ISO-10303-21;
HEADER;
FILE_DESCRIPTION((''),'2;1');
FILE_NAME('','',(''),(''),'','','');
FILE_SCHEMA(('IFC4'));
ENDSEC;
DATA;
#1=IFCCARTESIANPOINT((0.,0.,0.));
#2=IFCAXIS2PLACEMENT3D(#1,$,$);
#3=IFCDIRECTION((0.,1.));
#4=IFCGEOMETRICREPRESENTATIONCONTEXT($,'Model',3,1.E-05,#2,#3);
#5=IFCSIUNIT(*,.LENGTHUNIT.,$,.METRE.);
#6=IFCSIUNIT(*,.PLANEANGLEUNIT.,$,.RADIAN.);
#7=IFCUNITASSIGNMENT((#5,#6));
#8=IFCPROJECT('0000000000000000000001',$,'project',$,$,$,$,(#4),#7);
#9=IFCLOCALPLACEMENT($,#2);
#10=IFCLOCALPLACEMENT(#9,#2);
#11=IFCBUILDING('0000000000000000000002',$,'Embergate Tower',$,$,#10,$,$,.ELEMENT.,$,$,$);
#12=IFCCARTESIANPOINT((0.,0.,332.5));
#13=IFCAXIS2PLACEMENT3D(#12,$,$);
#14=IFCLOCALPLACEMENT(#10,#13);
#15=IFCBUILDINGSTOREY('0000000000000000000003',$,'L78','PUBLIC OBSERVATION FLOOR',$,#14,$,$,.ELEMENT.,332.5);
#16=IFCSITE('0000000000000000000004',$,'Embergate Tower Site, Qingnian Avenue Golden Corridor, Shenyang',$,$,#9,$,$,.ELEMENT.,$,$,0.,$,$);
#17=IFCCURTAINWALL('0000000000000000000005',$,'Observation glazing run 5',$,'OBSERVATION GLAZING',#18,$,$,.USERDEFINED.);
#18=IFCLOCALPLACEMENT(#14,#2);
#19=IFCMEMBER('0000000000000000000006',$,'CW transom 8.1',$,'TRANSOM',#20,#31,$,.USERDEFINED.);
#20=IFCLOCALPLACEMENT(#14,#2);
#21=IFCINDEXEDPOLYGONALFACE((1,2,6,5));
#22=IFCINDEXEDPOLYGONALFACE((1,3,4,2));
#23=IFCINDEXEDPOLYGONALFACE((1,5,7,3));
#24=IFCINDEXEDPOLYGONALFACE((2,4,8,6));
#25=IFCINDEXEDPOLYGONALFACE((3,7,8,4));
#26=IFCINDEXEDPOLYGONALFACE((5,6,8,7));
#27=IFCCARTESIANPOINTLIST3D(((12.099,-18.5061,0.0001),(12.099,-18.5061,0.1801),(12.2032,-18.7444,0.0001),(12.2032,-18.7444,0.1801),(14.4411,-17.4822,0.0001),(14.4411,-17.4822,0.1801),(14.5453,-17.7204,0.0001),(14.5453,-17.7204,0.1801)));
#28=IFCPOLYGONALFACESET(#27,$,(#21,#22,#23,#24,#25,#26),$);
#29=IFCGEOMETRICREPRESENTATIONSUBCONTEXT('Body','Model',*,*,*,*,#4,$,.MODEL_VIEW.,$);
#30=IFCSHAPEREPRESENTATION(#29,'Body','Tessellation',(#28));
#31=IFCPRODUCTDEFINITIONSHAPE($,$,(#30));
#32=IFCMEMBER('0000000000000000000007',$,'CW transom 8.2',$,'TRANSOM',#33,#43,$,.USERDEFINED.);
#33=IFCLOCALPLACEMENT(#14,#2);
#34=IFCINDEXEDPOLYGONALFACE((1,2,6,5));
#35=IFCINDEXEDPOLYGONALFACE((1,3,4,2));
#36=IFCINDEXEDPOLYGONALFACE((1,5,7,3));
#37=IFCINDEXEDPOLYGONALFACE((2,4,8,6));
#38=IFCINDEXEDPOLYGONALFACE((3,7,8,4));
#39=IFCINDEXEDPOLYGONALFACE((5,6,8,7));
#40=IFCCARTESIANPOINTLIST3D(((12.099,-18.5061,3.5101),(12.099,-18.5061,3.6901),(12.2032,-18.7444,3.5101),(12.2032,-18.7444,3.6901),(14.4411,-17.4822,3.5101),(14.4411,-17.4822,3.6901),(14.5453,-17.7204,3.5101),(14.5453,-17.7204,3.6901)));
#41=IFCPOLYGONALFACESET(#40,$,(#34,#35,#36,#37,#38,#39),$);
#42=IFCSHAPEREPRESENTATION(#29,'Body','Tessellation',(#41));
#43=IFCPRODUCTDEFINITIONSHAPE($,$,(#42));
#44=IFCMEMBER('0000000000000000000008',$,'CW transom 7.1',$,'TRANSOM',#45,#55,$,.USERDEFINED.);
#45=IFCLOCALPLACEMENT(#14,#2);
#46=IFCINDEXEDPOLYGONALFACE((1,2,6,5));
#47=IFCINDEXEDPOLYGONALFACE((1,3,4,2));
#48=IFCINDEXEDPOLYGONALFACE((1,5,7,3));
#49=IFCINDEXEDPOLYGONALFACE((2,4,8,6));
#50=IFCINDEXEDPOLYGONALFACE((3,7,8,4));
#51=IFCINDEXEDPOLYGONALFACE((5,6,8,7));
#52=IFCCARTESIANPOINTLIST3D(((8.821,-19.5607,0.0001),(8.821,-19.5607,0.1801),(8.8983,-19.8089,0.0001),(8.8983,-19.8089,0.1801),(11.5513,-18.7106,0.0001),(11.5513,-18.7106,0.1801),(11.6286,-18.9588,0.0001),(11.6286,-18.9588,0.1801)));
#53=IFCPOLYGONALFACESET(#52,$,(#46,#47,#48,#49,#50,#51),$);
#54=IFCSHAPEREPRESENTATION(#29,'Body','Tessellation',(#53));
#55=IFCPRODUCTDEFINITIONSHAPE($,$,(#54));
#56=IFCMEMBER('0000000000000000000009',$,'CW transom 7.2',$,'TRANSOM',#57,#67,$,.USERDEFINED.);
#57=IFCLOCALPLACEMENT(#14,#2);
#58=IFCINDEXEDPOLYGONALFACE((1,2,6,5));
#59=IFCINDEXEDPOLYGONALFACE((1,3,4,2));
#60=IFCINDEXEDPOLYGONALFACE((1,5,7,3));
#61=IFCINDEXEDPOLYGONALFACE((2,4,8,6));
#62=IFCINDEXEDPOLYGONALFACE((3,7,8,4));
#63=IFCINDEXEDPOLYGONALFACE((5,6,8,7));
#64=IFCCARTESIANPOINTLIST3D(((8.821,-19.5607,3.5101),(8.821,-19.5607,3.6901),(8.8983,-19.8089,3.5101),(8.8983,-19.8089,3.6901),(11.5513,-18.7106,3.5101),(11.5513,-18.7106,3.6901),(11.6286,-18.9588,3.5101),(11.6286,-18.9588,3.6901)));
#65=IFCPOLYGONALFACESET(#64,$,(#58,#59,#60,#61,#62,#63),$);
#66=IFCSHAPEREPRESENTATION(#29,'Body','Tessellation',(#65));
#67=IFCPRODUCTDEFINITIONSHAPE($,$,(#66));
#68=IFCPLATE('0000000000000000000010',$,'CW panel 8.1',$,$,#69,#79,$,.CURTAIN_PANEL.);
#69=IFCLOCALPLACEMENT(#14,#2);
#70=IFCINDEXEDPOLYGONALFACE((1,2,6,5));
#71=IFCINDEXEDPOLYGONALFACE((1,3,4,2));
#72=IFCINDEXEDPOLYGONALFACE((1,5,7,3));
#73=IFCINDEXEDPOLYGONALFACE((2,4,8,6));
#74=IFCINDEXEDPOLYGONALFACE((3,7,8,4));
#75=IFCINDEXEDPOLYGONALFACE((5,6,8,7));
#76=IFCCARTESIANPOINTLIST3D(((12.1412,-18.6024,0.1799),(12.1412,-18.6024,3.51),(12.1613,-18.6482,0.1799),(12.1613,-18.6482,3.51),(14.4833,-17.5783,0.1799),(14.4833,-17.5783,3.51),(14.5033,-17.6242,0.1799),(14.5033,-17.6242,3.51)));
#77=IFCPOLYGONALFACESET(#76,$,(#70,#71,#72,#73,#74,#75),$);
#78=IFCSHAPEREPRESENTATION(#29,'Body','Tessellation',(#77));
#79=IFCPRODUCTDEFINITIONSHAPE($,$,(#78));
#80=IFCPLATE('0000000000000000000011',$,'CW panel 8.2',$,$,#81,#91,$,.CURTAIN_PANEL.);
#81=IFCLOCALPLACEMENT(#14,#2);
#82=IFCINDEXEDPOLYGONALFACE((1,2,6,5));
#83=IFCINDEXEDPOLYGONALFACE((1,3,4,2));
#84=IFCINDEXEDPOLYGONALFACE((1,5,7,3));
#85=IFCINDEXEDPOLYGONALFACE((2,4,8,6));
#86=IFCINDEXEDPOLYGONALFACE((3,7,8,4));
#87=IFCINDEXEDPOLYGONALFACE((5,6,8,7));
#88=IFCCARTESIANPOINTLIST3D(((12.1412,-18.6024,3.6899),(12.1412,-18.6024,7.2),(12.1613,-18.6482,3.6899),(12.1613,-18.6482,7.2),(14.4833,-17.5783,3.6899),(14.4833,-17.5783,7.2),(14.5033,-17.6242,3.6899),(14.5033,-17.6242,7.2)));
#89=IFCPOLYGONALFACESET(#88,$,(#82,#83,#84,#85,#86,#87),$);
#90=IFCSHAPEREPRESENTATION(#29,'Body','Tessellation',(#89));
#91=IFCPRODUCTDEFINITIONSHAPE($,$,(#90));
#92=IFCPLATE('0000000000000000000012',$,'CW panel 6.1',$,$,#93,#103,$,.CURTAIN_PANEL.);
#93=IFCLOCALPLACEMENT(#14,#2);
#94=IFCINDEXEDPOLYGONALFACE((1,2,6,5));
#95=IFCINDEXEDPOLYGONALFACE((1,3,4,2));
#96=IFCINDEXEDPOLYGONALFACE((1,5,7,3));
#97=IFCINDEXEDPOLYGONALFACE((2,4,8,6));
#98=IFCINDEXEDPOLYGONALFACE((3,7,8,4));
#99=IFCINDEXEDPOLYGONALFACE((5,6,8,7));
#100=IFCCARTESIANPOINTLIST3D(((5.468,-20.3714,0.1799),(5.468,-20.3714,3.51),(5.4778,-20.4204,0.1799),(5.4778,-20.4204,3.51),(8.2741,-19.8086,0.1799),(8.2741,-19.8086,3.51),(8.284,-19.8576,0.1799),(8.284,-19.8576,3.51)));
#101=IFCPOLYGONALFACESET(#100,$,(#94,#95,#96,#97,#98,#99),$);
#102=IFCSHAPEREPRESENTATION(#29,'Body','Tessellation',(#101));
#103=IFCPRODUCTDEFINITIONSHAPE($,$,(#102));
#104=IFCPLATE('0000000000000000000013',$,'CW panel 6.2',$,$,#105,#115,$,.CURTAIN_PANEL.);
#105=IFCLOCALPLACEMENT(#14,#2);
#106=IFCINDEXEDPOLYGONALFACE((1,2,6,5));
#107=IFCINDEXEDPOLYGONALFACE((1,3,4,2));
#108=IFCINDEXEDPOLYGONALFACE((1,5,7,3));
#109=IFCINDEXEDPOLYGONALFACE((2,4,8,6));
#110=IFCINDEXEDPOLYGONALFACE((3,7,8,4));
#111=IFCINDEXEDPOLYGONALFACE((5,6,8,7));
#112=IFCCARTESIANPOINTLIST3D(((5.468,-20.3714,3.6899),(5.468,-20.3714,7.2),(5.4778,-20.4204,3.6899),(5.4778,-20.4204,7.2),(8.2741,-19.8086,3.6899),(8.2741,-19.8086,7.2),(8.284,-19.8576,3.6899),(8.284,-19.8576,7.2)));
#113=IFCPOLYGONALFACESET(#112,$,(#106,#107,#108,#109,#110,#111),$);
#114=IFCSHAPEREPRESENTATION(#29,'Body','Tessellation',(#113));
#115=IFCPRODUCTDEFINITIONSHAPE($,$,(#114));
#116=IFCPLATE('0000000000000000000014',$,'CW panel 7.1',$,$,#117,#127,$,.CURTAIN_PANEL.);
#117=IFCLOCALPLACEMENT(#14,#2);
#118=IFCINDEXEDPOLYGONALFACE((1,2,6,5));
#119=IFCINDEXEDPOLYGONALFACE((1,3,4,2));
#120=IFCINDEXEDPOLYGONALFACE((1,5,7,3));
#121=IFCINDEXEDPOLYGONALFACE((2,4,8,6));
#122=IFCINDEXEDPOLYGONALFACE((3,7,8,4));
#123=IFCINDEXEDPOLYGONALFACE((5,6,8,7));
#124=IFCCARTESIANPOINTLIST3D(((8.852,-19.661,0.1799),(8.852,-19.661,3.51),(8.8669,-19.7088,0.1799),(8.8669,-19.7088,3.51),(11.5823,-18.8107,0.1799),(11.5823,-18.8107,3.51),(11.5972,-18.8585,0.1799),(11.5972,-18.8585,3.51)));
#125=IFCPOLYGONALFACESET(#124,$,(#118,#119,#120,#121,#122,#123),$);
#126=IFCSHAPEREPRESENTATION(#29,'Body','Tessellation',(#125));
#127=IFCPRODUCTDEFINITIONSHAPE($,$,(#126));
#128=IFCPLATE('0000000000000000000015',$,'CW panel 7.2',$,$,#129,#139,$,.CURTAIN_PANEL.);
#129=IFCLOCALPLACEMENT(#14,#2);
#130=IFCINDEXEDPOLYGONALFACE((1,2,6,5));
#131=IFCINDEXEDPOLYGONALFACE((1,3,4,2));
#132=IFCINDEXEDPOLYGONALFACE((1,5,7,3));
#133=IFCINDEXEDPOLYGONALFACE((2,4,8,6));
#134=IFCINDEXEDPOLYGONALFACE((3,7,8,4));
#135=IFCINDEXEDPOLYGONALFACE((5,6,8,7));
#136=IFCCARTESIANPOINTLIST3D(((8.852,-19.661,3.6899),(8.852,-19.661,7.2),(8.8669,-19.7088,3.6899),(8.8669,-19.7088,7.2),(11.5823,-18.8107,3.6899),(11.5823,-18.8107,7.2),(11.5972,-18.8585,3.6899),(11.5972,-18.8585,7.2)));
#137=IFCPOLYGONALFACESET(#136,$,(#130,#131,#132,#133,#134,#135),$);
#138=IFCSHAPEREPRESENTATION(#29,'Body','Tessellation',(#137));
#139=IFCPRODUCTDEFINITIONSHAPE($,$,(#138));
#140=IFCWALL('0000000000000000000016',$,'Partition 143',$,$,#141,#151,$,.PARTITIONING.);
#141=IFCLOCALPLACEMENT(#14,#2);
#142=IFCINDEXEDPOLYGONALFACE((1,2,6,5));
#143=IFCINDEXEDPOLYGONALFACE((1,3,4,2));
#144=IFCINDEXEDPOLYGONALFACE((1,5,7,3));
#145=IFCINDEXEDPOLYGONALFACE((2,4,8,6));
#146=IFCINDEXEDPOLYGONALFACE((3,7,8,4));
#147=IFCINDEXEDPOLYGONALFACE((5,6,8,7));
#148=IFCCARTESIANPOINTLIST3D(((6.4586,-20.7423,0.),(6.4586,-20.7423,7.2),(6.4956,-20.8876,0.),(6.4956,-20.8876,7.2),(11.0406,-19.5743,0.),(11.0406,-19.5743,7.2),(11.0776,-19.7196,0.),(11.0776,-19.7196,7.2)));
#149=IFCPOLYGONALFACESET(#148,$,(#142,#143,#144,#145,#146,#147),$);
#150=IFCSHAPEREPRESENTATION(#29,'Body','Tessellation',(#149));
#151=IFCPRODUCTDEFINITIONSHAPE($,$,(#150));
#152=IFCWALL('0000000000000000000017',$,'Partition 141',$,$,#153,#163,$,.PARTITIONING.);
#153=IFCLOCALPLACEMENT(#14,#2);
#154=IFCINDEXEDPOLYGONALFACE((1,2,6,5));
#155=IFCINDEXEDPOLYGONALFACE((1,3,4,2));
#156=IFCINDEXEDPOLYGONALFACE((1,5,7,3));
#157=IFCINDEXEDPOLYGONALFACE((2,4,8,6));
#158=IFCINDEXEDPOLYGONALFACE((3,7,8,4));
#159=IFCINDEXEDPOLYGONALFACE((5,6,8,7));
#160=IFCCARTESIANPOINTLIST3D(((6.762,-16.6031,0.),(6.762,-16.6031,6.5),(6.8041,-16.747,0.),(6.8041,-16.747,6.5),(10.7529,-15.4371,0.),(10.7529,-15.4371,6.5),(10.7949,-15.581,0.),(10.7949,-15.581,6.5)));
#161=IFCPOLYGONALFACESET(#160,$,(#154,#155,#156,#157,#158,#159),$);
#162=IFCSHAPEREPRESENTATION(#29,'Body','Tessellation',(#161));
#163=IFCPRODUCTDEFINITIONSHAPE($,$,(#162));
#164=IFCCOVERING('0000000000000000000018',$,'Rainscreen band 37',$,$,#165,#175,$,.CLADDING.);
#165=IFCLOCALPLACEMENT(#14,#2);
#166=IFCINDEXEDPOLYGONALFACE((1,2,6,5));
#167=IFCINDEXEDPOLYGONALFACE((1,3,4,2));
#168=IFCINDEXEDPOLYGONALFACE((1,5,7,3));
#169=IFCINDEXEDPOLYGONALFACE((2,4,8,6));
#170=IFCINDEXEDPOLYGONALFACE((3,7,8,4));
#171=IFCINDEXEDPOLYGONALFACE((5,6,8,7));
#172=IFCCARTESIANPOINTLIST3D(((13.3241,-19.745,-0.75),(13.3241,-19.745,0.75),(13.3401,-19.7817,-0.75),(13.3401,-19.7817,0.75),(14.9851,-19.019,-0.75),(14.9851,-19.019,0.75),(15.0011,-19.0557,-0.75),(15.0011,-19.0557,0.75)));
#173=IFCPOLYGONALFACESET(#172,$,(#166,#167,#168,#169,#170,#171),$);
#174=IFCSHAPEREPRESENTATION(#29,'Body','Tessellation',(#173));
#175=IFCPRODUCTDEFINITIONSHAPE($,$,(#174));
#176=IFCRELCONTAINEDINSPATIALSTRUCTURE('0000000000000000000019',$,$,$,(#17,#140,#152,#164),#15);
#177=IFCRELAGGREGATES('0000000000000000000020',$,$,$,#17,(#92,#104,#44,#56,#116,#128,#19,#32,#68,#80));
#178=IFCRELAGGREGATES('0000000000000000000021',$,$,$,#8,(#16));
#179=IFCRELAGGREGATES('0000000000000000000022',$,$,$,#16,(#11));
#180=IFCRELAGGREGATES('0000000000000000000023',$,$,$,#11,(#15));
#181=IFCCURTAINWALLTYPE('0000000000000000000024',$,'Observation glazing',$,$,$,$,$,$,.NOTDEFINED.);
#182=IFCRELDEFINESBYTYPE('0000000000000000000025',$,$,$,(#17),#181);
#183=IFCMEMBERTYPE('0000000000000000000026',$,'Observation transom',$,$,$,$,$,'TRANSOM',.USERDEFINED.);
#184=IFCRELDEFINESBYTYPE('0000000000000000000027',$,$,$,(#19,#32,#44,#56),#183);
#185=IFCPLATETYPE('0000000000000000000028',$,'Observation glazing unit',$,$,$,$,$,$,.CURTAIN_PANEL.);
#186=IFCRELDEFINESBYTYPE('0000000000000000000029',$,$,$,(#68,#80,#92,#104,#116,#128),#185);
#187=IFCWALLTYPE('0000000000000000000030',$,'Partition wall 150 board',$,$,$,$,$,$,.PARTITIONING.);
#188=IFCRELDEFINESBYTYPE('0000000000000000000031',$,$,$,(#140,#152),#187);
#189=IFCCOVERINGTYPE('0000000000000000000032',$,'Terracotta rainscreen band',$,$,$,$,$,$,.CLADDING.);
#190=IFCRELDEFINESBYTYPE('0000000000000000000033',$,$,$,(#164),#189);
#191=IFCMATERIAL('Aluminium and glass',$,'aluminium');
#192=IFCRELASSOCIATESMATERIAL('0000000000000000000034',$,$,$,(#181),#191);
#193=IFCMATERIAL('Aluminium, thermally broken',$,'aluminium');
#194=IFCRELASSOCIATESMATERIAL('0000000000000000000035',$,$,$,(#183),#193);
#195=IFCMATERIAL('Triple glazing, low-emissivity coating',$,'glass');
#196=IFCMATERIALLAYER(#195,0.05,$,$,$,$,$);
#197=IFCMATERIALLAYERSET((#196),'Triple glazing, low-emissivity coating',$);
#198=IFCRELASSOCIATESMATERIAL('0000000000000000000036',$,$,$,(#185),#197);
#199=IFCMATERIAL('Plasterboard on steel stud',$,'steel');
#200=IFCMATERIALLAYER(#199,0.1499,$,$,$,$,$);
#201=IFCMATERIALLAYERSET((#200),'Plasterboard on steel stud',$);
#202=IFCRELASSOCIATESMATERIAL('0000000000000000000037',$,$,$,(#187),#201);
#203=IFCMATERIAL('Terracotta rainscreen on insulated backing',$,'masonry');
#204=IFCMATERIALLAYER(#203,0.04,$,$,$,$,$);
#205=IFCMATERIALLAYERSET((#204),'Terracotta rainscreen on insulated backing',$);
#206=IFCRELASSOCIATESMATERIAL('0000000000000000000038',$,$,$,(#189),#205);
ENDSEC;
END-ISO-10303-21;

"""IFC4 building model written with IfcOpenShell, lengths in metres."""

from ifc_helpers import new_model, si_unit, direction, frame, frame_2d, origin, origin_2d, place, context, subcontext, project, spatial, rectangle, extrude, source, transform, mapped, material, layer, layer_set, material_profile, profile_set, type_object, element, aggregate, save


model = new_model("IFC4")

# Units and contexts
model_context = context("Model", 3, precision=1e-05, world=origin(), true_north=direction((0.0, 1.0)))
body_context = subcontext(model_context, "Body", "Model", "MODEL_VIEW")
ifc_project = project(units=[si_unit("LENGTHUNIT", "METRE"), si_unit("PLANEANGLEUNIT", "RADIAN")], contexts=[model_context])

# Site, building, storey
site_placement = place(None, origin())
site = spatial("IfcSite", under=ifc_project, at=site_placement, Name="Embergate Tower Site, Qingnian Avenue Golden Corridor, Shenyang", CompositionType="ELEMENT", RefElevation=0.0)
building_placement = place(site_placement, origin())
building = spatial("IfcBuilding", under=site, at=building_placement, Name="Embergate Tower", CompositionType="ELEMENT")
storey_placement = place(building_placement, frame((0.0, 0.0, 332.5)))
storey = spatial("IfcBuildingStorey", under=building, at=storey_placement, Name="L78", Description="PUBLIC OBSERVATION FLOOR", CompositionType="ELEMENT", Elevation=332.5)

# Curtain wall, members, plates
ifc_material_1 = material(Name="Aluminium and glass", Category="aluminium")
curtain_wall_type = type_object("IfcCurtainWallType", Name="Observation glazing", PredefinedType="NOTDEFINED", material=ifc_material_1)
curtain_wall_placement = place(storey_placement, origin())
curtain_wall = element("IfcCurtainWall", 1, at=curtain_wall_placement, inside=storey, type_object=curtain_wall_type, Name="Observation glazing run 5", ObjectType="OBSERVATION GLAZING", PredefinedType="USERDEFINED")
ifc_material_2 = material(Name="Aluminium, thermally broken", Category="aluminium")
ifc_material_profile_1 = material_profile(ifc_material_2, rectangle(XDim=0.26, YDim=0.1799, at=origin_2d()), Name="AL 180x260")
ifc_profile_set_1 = profile_set([ifc_material_profile_1], Name="Aluminium, thermally broken")
member_type_1 = type_object("IfcMemberType", Name="Observation transom", ElementType="TRANSOM", PredefinedType="USERDEFINED", material=ifc_profile_set_1)
shared_shape_1 = source(origin(), body_context, "Body", "SweptSolid", [
    extrude(rectangle(XDim=0.26, YDim=0.1799, at=origin_2d()), origin(), (0.0, 0.0, 1.0), 2.5562),
])
member_1_placement = place(storey_placement, frame((12.1511, -18.6252, 0.0901), z_axis=(0.91626, 0.400583, 0.0), x_axis=(-0.400583, 0.91626, 0.0)))
member_1 = element("IfcMember", 2, at=member_1_placement, type_object=member_type_1, Name="CW transom 8.1", ObjectType="TRANSOM", PredefinedType="USERDEFINED", context=body_context, shape_type="MappedRepresentation", body=[
    mapped(shared_shape_1, transform((0.0, 0.0, 0.0))),
])
member_2_placement = place(storey_placement, frame((12.1511, -18.6252, 3.6001), z_axis=(0.91626, 0.400583, 0.0), x_axis=(-0.400583, 0.91626, 0.0)))
member_2 = element("IfcMember", 3, at=member_2_placement, type_object=member_type_1, Name="CW transom 8.2", ObjectType="TRANSOM", PredefinedType="USERDEFINED", context=body_context, shape_type="MappedRepresentation", body=[
    mapped(shared_shape_1, transform((0.0, 0.0, 0.0))),
])
shared_shape_2 = source(origin(), body_context, "Body", "SweptSolid", [
    extrude(rectangle(XDim=0.26, YDim=0.1799, at=origin_2d()), origin(), (0.0, 0.0, 1.0), 2.8596),
])
member_3_placement = place(storey_placement, frame((8.8596, -19.6848, 0.0901), z_axis=(0.954788, 0.297288, 0.0), x_axis=(-0.297288, 0.954788, 0.0)))
member_3 = element("IfcMember", 4, at=member_3_placement, type_object=member_type_1, Name="CW transom 7.1", ObjectType="TRANSOM", PredefinedType="USERDEFINED", context=body_context, shape_type="MappedRepresentation", body=[
    mapped(shared_shape_2, transform((0.0, 0.0, 0.0))),
])
member_4_placement = place(storey_placement, frame((8.8596, -19.6848, 3.6001), z_axis=(0.954788, 0.297288, 0.0), x_axis=(-0.297288, 0.954788, 0.0)))
member_4 = element("IfcMember", 5, at=member_4_placement, type_object=member_type_1, Name="CW transom 7.2", ObjectType="TRANSOM", PredefinedType="USERDEFINED", context=body_context, shape_type="MappedRepresentation", body=[
    mapped(shared_shape_2, transform((0.0, 0.0, 0.0))),
])
ifc_material_3 = material(Name="Triple glazing, low-emissivity coating", Category="glass")
ifc_layer_1 = layer(ifc_material_3, 0.05)
ifc_layer_set_1 = layer_set([ifc_layer_1], Name="Triple glazing, low-emissivity coating")
plate_type = type_object("IfcPlateType", Name="Observation glazing unit", PredefinedType="CURTAIN_PANEL", material=ifc_layer_set_1)
shared_shape_3 = source(origin(), body_context, "Body", "SweptSolid", [
    extrude(rectangle(XDim=2.5562, YDim=0.05, at=origin_2d()), origin(), (0.0, 0.0, 1.0), 3.3301),
])
plate_1_placement = place(storey_placement, frame((13.3223, -18.1133, 0.1799), z_axis=(0.0, 0.0, 1.0), x_axis=(0.916238, 0.400634, 0.0)))
plate_1 = element("IfcPlate", 6, at=plate_1_placement, type_object=plate_type, Name="CW panel 8.1", PredefinedType="CURTAIN_PANEL", context=body_context, shape_type="MappedRepresentation", body=[
    mapped(shared_shape_3, transform((0.0, 0.0, 0.0))),
])
shared_shape_4 = source(origin(), body_context, "Body", "SweptSolid", [
    extrude(rectangle(XDim=2.5562, YDim=0.05, at=origin_2d()), origin(), (0.0, 0.0, 1.0), 3.51),
])
plate_2_placement = place(storey_placement, frame((13.3223, -18.1133, 3.6899), z_axis=(0.0, 0.0, 1.0), x_axis=(0.916238, 0.400634, 0.0)))
plate_2 = element("IfcPlate", 7, at=plate_2_placement, type_object=plate_type, Name="CW panel 8.2", PredefinedType="CURTAIN_PANEL", context=body_context, shape_type="MappedRepresentation", body=[
    mapped(shared_shape_4, transform((0.0, 0.0, 0.0))),
])
shared_shape_5 = source(origin(), body_context, "Body", "SweptSolid", [
    extrude(rectangle(XDim=2.8621, YDim=0.05, at=origin_2d()), origin(), (0.0, 0.0, 1.0), 3.3301),
])
plate_3_placement = place(storey_placement, frame((6.876, -20.1145, 0.1799), z_axis=(0.0, 0.0, 1.0), x_axis=(0.980476, 0.196638, 0.0)))
plate_3 = element("IfcPlate", 8, at=plate_3_placement, type_object=plate_type, Name="CW panel 6.1", PredefinedType="CURTAIN_PANEL", context=body_context, shape_type="MappedRepresentation", body=[
    mapped(shared_shape_5, transform((0.0, 0.0, 0.0))),
])
shared_shape_6 = source(origin(), body_context, "Body", "SweptSolid", [
    extrude(rectangle(XDim=2.8621, YDim=0.05, at=origin_2d()), origin(), (0.0, 0.0, 1.0), 3.51),
])
plate_4_placement = place(storey_placement, frame((6.876, -20.1145, 3.6899), z_axis=(0.0, 0.0, 1.0), x_axis=(0.980476, 0.196638, 0.0)))
plate_4 = element("IfcPlate", 9, at=plate_4_placement, type_object=plate_type, Name="CW panel 6.2", PredefinedType="CURTAIN_PANEL", context=body_context, shape_type="MappedRepresentation", body=[
    mapped(shared_shape_6, transform((0.0, 0.0, 0.0))),
])
shared_shape_7 = source(origin(), body_context, "Body", "SweptSolid", [
    extrude(rectangle(XDim=2.8596, YDim=0.05, at=origin_2d()), origin(), (0.0, 0.0, 1.0), 3.3301),
])
plate_5_placement = place(storey_placement, frame((10.2246, -19.2598, 0.1799), z_axis=(0.0, 0.0, 1.0), x_axis=(0.954773, 0.297335, 0.0)))
plate_5 = element("IfcPlate", 10, at=plate_5_placement, type_object=plate_type, Name="CW panel 7.1", PredefinedType="CURTAIN_PANEL", context=body_context, shape_type="MappedRepresentation", body=[
    mapped(shared_shape_7, transform((0.0, 0.0, 0.0))),
])
shared_shape_8 = source(origin(), body_context, "Body", "SweptSolid", [
    extrude(rectangle(XDim=2.8596, YDim=0.05, at=origin_2d()), origin(), (0.0, 0.0, 1.0), 3.51),
])
plate_6_placement = place(storey_placement, frame((10.2246, -19.2598, 3.6899), z_axis=(0.0, 0.0, 1.0), x_axis=(0.954773, 0.297335, 0.0)))
plate_6 = element("IfcPlate", 11, at=plate_6_placement, type_object=plate_type, Name="CW panel 7.2", PredefinedType="CURTAIN_PANEL", context=body_context, shape_type="MappedRepresentation", body=[
    mapped(shared_shape_8, transform((0.0, 0.0, 0.0))),
])
aggregate(curtain_wall, [plate_3, plate_4, member_3, member_4, plate_5, plate_6, member_1, member_2, plate_1, plate_2])

# Walls
ifc_material_4 = material(Name="Plasterboard on steel stud", Category="steel")
ifc_layer_2 = layer(ifc_material_4, 0.1499)
ifc_layer_set_2 = layer_set([ifc_layer_2], Name="Plasterboard on steel stud")
wall_type = type_object("IfcWallType", Name="Partition wall 150 board", PredefinedType="PARTITIONING", material=ifc_layer_set_2)
shared_shape_9 = source(origin(), body_context, "Body", "SweptSolid", [
    extrude(rectangle(XDim=4.7285, YDim=0.1499, at=frame_2d((2.3643, 0.0))), origin(), (0.0, 0.0, 1.0), 7.2),
])
wall_1_placement = place(storey_placement, frame((11.0591, -19.647, 0.0), z_axis=(0.0, 0.0, 1.0), x_axis=(-0.969015, -0.247004, 0.0)))
element("IfcWall", 12, at=wall_1_placement, inside=storey, type_object=wall_type, Name="Partition 143", PredefinedType="PARTITIONING", context=body_context, shape_type="MappedRepresentation", body=[
    mapped(shared_shape_9, transform((0.0, 0.0, 0.0))),
])
shared_shape_10 = source(origin(), body_context, "Body", "SweptSolid", [
    extrude(rectangle(XDim=4.1577, YDim=0.1499, at=frame_2d((2.0789, 0.0))), origin(), (0.0, 0.0, 1.0), 6.5),
])
wall_2_placement = place(storey_placement, frame((10.7739, -15.509, 0.0), z_axis=(0.0, 0.0, 1.0), x_axis=(-0.959872, -0.28044, 0.0)))
element("IfcWall", 13, at=wall_2_placement, inside=storey, type_object=wall_type, Name="Partition 141", PredefinedType="PARTITIONING", context=body_context, shape_type="MappedRepresentation", body=[
    mapped(shared_shape_10, transform((0.0, 0.0, 0.0))),
])

# Covering
ifc_material_5 = material(Name="Terracotta rainscreen on insulated backing", Category="masonry")
ifc_layer_3 = layer(ifc_material_5, 0.04)
ifc_layer_set_3 = layer_set([ifc_layer_3], Name="Terracotta rainscreen on insulated backing")
covering_type = type_object("IfcCoveringType", Name="Terracotta rainscreen band", PredefinedType="CLADDING", material=ifc_layer_set_3)
shared_shape_11 = source(origin(), body_context, "Body", "SweptSolid", [
    extrude(rectangle(XDim=1.8127, YDim=0.04, at=origin_2d()), origin(), (0.0, 0.0, 1.0), 1.5),
])
covering_1_placement = place(storey_placement, frame((14.1626, -19.4004, -0.75), z_axis=(0.0, 0.0, 1.0), x_axis=(0.916296, 0.400501, 0.0)))
element("IfcCovering", 14, at=covering_1_placement, inside=storey, type_object=covering_type, Name="Rainscreen band 37", PredefinedType="CLADDING", context=body_context, shape_type="MappedRepresentation", body=[
    mapped(shared_shape_11, transform((0.0, 0.0, 0.0))),
])

save(model, "model.ifc")
